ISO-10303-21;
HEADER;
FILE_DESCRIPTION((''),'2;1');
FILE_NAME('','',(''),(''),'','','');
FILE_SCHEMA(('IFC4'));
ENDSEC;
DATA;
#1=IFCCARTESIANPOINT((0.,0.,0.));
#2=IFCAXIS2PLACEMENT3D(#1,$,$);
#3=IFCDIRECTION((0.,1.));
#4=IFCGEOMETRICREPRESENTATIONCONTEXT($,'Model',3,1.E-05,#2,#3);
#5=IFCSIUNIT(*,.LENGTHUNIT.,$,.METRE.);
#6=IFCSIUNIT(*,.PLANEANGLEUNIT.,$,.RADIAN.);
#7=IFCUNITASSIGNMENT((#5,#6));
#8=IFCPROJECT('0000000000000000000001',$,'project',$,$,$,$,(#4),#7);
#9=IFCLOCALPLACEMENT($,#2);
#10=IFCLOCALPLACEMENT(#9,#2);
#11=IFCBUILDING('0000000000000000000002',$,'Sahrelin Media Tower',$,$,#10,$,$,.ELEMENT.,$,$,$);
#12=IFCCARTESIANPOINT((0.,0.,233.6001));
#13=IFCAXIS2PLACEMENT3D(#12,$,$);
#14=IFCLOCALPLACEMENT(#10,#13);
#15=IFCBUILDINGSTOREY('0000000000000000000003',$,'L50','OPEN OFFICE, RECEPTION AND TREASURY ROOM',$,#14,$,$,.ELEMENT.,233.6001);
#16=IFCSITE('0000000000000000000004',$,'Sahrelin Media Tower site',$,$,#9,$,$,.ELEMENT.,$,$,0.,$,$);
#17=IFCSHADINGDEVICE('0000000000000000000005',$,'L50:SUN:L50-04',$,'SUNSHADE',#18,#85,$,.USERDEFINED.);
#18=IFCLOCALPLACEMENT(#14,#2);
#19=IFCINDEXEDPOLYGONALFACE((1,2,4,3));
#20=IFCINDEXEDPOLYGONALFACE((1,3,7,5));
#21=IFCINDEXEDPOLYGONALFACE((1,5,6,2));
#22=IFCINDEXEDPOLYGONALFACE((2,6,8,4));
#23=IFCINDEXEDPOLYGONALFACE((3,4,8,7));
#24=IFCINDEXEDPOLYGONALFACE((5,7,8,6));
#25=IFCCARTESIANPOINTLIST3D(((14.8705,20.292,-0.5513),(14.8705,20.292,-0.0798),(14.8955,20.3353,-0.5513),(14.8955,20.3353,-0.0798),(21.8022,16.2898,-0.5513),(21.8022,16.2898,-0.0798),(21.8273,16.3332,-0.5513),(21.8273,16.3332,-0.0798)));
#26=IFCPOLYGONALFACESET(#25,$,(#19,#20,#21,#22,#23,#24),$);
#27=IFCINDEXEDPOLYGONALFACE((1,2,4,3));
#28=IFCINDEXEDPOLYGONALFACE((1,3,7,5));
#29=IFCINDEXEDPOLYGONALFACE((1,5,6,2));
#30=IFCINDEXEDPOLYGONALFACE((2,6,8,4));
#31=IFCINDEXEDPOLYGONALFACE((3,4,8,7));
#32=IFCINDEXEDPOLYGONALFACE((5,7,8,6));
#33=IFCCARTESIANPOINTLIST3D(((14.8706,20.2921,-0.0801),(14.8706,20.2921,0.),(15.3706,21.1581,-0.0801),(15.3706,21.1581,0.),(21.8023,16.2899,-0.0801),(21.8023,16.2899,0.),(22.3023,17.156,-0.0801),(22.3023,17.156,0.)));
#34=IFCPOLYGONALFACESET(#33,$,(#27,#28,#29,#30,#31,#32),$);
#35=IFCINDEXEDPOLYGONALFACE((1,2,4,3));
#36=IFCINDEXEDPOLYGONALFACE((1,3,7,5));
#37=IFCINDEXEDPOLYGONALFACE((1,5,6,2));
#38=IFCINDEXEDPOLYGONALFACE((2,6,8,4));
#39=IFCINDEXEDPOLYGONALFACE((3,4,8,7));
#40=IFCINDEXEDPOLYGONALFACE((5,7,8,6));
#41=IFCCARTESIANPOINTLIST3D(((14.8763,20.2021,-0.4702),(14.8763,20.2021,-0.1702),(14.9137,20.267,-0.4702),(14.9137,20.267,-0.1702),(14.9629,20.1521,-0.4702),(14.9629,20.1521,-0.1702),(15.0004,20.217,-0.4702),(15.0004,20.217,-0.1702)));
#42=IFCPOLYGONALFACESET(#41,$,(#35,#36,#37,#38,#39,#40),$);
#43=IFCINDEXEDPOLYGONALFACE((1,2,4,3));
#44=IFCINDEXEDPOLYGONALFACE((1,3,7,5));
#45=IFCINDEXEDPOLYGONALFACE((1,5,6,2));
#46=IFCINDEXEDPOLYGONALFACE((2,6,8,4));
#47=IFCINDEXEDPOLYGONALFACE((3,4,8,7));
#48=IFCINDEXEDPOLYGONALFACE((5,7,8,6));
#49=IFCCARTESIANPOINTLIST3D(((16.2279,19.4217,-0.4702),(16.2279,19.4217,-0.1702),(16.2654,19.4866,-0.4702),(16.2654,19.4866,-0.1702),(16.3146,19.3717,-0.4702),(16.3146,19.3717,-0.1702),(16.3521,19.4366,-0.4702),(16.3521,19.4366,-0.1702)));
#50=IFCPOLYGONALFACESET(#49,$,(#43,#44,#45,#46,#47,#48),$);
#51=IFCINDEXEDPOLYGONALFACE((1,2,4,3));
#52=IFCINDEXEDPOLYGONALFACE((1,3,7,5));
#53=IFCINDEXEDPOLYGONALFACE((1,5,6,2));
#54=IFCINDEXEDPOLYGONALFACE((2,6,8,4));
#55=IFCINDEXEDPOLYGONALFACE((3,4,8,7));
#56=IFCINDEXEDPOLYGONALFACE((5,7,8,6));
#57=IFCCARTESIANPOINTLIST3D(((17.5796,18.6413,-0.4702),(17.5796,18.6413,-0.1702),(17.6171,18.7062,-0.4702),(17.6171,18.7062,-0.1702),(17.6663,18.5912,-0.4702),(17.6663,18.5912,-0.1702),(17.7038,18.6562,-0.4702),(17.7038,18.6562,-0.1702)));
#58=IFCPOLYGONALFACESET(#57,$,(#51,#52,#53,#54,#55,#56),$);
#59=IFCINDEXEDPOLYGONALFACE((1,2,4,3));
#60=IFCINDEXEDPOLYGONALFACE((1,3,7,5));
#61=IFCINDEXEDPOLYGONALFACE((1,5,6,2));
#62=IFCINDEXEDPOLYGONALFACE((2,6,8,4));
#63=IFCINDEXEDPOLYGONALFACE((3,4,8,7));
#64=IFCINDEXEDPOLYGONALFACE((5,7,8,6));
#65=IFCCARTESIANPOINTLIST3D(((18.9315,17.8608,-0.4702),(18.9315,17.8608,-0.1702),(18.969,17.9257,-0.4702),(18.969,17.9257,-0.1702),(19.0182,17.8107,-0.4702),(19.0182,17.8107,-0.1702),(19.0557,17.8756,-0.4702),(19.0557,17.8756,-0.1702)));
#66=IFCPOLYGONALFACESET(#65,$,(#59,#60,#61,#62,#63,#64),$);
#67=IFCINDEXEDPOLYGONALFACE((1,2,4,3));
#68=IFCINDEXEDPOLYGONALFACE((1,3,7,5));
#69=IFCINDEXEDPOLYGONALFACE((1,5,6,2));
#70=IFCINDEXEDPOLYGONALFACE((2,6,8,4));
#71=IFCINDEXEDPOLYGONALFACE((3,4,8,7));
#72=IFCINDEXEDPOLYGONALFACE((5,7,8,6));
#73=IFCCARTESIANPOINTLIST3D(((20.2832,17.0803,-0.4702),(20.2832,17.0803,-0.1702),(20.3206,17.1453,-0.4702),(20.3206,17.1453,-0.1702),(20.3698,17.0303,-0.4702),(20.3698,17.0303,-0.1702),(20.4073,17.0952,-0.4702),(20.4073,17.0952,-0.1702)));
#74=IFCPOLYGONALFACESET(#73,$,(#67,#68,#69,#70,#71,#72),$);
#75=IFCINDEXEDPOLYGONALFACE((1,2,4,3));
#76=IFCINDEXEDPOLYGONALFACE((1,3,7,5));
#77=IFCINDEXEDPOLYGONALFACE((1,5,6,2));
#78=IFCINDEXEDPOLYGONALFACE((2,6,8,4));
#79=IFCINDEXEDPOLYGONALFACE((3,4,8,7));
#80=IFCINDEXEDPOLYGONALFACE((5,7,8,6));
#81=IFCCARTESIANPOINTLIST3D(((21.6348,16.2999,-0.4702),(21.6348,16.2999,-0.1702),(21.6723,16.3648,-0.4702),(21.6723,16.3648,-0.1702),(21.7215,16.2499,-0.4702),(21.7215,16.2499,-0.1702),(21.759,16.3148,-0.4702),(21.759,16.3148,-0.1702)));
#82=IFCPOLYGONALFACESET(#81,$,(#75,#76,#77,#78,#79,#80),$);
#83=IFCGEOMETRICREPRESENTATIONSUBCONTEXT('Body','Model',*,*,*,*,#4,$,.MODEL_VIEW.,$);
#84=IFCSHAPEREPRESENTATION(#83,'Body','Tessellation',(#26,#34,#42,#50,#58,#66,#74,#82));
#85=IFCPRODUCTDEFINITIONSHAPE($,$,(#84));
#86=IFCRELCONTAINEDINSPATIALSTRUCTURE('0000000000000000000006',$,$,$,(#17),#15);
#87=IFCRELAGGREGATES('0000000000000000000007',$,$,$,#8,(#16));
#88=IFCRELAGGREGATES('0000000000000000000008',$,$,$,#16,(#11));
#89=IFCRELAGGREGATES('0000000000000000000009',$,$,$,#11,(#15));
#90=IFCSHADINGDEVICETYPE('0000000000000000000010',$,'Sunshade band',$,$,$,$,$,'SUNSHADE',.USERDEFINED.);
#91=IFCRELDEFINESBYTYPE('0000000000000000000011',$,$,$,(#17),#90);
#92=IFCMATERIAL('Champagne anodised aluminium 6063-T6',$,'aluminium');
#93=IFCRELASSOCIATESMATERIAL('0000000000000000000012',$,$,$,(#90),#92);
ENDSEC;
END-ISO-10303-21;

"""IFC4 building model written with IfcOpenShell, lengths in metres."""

from ifc_helpers import new_model, si_unit, direction, frame, origin, origin_2d, place, context, subcontext, project, spatial, rectangle, extrude, material, type_object, element, save


model = new_model("IFC4")

# Units and contexts
model_context = context("Model", 3, precision=1e-05, world=origin(), true_north=direction((0.0, 1.0)))
body_context = subcontext(model_context, "Body", "Model", "MODEL_VIEW")
ifc_project = project(units=[si_unit("LENGTHUNIT", "METRE"), si_unit("PLANEANGLEUNIT", "RADIAN")], contexts=[model_context])

# Site, building, storey
site_placement = place(None, origin())
site = spatial("IfcSite", under=ifc_project, at=site_placement, Name="Sahrelin Media Tower site", CompositionType="ELEMENT", RefElevation=0.0)
building_placement = place(site_placement, origin())
building = spatial("IfcBuilding", under=site, at=building_placement, Name="Sahrelin Media Tower", CompositionType="ELEMENT")
storey_placement = place(building_placement, frame((0.0, 0.0, 233.6001)))
storey = spatial("IfcBuildingStorey", under=building, at=storey_placement, Name="L50", Description="OPEN OFFICE, RECEPTION AND TREASURY ROOM", CompositionType="ELEMENT", Elevation=233.6001)

# Shared definitions
ifc_material_1 = material(Name="Champagne anodised aluminium 6063-T6", Category="aluminium")

# Shading device
placement_1 = place(storey_placement, frame((18.3264, 18.2737, 0.0), z_axis=(0.0, 0.0, 1.0), x_axis=(0.866019, -0.500011, 0.0)))
shading_device_type_1 = type_object("IfcShadingDeviceType", Name="Sunshade band", ElementType="SUNSHADE", PredefinedType="USERDEFINED", material=ifc_material_1)
element("IfcShadingDevice", 1, at=placement_1, inside=storey, type_object=shading_device_type_1, Name="L50:SUN:L50-04", ObjectType="SUNSHADE", PredefinedType="USERDEFINED", context=body_context, shape_type="SweptSolid", body=[
    extrude(rectangle(XDim=8.0042, YDim=0.05, at=origin_2d()), frame((0.0, 0.0449, -0.5513)), (0.0, 0.0, 1.0), 0.4714),
    extrude(rectangle(XDim=8.0042, YDim=1.0, at=origin_2d()), frame((0.0, 0.52, -0.0801)), (0.0, 0.0, 1.0), 0.0801),
    extrude(rectangle(XDim=0.1001, YDim=0.075, at=origin_2d()), frame((-3.9021, -0.0176, -0.4702)), (0.0, 0.0, 1.0), 0.3),
    extrude(rectangle(XDim=0.1001, YDim=0.075, at=origin_2d()), frame((-2.3413, -0.0176, -0.4702)), (0.0, 0.0, 1.0), 0.3),
    extrude(rectangle(XDim=0.1001, YDim=0.075, at=origin_2d()), frame((-0.7805, -0.0176, -0.4702)), (0.0, 0.0, 1.0), 0.3),
    extrude(rectangle(XDim=0.1001, YDim=0.075, at=origin_2d()), frame((0.7805, -0.0176, -0.4702)), (0.0, 0.0, 1.0), 0.3),
    extrude(rectangle(XDim=0.1001, YDim=0.075, at=origin_2d()), frame((2.3413, -0.0176, -0.4702)), (0.0, 0.0, 1.0), 0.3),
    extrude(rectangle(XDim=0.1001, YDim=0.075, at=origin_2d()), frame((3.9021, -0.0176, -0.4702)), (0.0, 0.0, 1.0), 0.3),
])

save(model, "model.ifc")
